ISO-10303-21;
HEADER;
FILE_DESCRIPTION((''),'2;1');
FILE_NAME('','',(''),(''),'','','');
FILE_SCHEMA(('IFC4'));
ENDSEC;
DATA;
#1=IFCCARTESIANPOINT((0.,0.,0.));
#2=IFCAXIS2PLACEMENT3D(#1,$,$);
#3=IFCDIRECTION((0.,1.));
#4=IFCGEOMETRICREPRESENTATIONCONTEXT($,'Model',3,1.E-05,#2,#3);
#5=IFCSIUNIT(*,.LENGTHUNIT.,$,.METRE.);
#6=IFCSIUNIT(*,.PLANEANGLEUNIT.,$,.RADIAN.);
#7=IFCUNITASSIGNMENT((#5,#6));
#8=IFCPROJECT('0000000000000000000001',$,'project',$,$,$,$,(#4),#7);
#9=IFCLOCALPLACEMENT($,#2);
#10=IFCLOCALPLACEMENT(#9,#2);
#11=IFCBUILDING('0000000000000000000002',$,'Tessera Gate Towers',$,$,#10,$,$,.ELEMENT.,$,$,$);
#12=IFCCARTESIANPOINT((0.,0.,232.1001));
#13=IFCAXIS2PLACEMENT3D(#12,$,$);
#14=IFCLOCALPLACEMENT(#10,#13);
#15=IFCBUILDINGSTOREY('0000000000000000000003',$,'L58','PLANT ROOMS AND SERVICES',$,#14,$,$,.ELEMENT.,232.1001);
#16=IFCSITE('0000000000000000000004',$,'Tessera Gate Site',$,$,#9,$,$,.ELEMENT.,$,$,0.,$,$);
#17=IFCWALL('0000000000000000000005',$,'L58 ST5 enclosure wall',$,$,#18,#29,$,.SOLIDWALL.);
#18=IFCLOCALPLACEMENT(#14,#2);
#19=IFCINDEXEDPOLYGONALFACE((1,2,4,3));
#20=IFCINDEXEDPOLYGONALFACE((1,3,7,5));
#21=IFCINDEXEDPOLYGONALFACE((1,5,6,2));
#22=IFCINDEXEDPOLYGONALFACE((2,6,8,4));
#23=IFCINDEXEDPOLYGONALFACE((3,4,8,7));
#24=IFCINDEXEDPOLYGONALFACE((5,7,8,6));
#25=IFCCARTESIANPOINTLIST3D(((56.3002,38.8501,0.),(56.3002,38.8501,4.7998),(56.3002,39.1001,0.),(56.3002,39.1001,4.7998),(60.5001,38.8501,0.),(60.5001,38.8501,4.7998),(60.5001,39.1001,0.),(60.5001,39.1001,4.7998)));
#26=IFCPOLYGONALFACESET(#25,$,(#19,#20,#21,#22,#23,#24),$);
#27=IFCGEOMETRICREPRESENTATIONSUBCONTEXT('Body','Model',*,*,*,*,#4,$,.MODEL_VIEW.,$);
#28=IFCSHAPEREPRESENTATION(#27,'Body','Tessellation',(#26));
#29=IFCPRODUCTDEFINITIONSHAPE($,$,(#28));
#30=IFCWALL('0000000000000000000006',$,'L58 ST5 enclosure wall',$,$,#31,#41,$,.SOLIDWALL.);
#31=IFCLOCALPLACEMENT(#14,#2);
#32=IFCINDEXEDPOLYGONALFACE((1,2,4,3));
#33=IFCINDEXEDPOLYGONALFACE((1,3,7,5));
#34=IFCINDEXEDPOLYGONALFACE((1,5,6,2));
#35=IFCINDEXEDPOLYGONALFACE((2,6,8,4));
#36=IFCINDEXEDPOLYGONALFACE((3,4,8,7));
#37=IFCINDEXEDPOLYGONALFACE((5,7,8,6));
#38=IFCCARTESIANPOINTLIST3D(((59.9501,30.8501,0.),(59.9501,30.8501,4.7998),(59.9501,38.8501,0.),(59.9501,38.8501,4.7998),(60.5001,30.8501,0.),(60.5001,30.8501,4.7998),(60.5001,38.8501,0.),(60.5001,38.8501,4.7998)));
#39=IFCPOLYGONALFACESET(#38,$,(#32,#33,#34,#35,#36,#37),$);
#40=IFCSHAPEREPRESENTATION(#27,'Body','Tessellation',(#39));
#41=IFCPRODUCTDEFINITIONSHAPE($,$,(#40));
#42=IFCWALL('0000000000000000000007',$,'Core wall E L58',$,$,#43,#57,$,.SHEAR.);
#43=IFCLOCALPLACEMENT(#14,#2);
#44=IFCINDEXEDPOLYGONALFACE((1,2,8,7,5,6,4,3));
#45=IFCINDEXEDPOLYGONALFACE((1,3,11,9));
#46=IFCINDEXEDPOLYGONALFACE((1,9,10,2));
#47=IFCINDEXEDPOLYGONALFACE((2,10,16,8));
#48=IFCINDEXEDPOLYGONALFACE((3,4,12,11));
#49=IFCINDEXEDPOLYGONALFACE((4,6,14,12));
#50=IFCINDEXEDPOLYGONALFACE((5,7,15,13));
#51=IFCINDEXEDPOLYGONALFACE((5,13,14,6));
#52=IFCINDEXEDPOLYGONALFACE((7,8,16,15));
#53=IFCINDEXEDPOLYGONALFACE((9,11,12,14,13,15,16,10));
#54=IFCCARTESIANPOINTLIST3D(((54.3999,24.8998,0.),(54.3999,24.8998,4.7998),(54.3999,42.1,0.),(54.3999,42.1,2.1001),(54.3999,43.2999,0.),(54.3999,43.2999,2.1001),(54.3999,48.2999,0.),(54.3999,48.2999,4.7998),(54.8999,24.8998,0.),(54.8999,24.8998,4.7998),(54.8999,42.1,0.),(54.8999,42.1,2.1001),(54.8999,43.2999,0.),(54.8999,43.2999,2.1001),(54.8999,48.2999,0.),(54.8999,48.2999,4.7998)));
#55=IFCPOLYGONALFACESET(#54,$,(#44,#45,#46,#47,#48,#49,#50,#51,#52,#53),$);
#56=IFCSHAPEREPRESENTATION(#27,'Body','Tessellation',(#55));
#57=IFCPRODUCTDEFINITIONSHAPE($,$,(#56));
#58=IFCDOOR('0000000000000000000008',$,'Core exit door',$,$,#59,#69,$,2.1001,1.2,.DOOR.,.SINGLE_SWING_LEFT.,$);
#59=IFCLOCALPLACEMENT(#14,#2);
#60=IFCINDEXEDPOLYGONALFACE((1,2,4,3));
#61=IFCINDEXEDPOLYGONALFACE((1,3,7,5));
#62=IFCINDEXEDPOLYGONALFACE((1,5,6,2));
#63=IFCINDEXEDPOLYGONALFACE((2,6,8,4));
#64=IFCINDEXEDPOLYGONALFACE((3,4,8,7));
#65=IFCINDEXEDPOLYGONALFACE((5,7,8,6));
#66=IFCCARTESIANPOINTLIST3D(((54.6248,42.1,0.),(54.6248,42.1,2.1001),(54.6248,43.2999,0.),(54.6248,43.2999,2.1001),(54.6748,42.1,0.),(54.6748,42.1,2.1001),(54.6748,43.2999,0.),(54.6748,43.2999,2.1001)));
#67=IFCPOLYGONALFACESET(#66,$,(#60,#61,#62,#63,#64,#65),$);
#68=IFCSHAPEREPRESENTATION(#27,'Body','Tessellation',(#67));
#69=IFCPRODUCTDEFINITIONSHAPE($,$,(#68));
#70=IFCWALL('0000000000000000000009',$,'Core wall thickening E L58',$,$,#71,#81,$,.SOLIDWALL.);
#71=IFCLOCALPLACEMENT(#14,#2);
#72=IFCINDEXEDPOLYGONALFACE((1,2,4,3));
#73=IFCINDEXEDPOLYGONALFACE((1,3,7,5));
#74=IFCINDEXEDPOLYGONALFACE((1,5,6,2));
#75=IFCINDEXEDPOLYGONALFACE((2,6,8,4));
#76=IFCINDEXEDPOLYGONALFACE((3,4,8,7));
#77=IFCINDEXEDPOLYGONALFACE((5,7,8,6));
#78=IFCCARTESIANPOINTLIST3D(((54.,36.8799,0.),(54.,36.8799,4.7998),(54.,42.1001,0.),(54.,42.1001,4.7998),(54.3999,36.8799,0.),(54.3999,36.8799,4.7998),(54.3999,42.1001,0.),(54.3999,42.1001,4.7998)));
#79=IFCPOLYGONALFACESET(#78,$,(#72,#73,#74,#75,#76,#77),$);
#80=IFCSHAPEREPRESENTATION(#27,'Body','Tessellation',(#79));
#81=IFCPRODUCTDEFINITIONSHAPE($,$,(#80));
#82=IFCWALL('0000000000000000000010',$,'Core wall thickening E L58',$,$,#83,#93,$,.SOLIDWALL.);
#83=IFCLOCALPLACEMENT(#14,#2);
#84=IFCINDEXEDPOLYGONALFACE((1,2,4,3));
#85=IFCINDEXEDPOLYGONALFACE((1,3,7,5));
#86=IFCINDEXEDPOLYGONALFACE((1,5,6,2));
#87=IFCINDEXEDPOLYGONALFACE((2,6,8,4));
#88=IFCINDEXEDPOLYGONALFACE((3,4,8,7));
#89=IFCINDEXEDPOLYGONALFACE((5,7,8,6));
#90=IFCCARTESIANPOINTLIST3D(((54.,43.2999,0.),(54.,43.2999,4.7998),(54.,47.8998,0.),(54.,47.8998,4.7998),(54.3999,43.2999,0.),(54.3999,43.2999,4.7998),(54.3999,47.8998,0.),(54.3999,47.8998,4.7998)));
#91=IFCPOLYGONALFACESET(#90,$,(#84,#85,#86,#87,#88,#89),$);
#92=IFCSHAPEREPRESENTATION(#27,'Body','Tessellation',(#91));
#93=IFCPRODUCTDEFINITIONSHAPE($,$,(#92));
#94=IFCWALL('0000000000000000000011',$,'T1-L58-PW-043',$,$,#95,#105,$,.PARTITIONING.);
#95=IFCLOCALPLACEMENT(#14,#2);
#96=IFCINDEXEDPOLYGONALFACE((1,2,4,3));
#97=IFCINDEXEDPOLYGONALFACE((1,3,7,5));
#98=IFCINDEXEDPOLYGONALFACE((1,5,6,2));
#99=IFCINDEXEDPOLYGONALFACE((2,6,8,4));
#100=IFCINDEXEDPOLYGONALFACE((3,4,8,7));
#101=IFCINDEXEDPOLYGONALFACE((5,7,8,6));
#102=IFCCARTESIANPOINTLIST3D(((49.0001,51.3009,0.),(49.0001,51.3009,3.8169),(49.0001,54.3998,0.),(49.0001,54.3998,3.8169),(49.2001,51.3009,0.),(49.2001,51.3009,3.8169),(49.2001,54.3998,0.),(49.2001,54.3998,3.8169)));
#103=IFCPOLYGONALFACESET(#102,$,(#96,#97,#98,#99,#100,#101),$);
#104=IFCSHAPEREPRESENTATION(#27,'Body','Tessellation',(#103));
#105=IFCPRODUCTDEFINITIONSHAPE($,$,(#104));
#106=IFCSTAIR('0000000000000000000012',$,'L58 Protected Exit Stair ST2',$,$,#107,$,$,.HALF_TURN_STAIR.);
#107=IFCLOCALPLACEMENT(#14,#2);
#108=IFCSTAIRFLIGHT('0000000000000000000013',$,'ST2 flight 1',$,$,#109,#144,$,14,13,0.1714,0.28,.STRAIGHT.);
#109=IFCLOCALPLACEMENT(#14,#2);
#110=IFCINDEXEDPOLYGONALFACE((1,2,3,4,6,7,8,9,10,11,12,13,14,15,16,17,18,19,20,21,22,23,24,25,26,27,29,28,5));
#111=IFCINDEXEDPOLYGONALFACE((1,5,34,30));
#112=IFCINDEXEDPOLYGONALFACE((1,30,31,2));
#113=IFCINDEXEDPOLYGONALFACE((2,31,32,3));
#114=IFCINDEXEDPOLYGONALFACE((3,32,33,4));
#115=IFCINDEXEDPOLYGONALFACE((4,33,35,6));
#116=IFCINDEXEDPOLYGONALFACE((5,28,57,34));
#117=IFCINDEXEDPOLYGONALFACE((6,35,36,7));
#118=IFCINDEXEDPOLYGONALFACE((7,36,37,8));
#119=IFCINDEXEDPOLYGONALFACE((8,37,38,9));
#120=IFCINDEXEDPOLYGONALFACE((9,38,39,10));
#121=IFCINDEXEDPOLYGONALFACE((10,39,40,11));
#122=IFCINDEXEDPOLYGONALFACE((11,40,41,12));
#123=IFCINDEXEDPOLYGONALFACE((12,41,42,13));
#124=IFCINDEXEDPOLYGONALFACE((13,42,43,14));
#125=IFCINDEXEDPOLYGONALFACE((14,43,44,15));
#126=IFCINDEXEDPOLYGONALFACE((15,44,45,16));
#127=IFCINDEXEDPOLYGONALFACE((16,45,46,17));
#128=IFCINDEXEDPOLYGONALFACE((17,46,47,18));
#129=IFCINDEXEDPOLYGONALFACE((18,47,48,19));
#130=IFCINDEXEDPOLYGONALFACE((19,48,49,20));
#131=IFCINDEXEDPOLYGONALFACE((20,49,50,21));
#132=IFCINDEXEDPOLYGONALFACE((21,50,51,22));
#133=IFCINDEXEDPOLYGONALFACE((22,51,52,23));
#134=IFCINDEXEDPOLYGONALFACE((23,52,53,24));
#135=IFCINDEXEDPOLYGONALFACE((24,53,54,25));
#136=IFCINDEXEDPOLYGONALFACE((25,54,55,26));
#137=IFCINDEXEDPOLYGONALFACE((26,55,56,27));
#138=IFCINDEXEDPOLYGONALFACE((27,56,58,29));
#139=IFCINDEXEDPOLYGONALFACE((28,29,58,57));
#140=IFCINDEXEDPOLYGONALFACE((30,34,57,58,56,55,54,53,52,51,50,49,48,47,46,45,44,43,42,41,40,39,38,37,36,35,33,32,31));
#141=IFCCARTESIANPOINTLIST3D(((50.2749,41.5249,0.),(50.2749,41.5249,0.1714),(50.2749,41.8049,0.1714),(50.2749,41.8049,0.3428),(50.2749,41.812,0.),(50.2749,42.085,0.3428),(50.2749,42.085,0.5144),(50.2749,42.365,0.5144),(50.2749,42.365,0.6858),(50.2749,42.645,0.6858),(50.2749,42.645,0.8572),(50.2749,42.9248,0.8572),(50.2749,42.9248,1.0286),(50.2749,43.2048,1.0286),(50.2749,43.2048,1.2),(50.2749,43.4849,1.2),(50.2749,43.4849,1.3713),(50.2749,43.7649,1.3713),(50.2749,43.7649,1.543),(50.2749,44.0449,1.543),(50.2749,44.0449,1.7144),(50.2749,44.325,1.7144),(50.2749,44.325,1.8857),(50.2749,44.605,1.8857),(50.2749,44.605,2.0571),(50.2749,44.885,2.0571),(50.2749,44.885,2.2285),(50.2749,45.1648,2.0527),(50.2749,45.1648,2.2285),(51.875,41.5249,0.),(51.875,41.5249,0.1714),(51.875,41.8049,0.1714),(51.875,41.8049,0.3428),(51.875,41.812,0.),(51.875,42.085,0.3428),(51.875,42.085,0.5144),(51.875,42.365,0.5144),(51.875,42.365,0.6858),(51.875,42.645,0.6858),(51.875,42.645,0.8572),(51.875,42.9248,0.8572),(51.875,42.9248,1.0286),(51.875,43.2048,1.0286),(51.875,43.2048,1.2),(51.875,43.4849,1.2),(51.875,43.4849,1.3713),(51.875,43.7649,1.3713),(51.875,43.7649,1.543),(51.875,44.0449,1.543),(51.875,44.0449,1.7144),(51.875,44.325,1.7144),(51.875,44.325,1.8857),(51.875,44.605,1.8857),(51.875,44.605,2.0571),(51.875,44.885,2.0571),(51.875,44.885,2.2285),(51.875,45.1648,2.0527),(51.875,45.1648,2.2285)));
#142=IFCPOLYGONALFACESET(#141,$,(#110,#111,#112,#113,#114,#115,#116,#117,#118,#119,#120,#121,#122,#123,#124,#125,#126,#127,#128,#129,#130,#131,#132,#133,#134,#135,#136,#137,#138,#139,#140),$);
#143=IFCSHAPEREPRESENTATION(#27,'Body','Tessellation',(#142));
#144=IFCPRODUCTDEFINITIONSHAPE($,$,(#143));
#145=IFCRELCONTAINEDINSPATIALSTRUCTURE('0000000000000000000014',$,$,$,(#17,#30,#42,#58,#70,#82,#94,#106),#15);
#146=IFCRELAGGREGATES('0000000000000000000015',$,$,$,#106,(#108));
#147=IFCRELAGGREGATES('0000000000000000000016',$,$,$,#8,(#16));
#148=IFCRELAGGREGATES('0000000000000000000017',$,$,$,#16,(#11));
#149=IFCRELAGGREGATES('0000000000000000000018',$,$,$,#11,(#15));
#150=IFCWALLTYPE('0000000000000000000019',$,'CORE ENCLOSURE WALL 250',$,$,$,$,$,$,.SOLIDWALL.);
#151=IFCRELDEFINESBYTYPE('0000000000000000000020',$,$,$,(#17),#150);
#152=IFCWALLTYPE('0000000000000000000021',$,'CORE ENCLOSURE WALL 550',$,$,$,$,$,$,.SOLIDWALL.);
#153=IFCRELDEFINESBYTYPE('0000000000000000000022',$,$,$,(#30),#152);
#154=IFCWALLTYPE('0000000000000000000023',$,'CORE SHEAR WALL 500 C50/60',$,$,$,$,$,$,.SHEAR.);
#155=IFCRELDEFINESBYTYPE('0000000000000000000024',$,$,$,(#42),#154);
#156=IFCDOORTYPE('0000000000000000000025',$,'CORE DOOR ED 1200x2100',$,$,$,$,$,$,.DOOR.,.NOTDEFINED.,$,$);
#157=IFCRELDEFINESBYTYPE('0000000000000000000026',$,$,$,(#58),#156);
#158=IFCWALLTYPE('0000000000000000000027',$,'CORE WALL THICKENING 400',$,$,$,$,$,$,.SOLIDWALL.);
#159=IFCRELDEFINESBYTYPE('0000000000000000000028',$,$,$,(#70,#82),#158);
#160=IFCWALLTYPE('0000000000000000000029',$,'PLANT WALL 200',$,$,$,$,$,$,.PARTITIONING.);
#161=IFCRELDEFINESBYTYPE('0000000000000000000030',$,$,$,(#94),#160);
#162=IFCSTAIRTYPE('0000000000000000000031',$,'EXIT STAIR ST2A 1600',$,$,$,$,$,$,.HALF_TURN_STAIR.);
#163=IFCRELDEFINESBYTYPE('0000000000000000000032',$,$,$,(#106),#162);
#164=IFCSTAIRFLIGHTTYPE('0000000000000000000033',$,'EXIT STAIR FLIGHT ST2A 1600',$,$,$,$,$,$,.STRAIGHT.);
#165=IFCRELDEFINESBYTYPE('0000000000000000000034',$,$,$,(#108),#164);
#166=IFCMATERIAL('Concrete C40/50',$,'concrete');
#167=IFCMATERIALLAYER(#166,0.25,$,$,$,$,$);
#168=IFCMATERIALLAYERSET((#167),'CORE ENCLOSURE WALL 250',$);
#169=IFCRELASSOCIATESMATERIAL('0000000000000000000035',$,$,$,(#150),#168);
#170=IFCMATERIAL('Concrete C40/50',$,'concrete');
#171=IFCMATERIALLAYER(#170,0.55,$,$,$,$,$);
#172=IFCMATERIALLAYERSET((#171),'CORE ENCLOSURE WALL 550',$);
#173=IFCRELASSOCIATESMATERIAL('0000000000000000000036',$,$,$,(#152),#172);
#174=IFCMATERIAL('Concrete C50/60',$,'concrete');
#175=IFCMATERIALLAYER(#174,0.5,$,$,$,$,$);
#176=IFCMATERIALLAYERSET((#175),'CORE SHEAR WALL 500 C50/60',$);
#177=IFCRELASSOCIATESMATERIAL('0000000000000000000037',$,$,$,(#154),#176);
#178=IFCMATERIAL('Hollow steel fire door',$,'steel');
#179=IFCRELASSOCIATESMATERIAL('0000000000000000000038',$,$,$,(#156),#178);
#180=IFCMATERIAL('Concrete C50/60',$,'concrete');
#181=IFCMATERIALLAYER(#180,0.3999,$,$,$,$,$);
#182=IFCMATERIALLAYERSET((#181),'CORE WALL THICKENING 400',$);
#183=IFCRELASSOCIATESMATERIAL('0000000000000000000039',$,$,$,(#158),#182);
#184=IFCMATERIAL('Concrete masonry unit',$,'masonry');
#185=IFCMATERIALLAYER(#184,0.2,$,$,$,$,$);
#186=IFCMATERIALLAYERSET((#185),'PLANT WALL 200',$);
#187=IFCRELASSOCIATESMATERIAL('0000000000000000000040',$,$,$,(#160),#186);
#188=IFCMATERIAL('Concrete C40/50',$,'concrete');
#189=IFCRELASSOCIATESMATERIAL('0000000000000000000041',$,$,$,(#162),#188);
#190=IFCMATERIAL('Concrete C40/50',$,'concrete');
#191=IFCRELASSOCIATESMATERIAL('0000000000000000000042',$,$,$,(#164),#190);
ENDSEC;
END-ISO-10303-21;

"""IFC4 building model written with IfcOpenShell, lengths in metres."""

from ifc_helpers import new_model, si_unit, direction, frame, frame_2d, origin, place, context, subcontext, project, spatial, polyline, rectangle, outline, extrude, source, transform, mapped, material, layer, layer_set, type_object, element, fill, aggregate, save


model = new_model("IFC4")

# Units and contexts
model_context = context("Model", 3, precision=1e-05, world=origin(), true_north=direction((0.0, 1.0)))
body_context = subcontext(model_context, "Body", "Model", "MODEL_VIEW")
ifc_project = project(units=[si_unit("LENGTHUNIT", "METRE"), si_unit("PLANEANGLEUNIT", "RADIAN")], contexts=[model_context])

# Site, building, storey
site_placement = place(None, origin())
site = spatial("IfcSite", under=ifc_project, at=site_placement, Name="Tessera Gate Site", CompositionType="ELEMENT", RefElevation=0.0)
building_placement = place(site_placement, origin())
building = spatial("IfcBuilding", under=site, at=building_placement, Name="Tessera Gate Towers", CompositionType="ELEMENT")
storey_placement = place(building_placement, frame((0.0, 0.0, 232.1001)))
storey = spatial("IfcBuildingStorey", under=building, at=storey_placement, Name="L58", Description="PLANT ROOMS AND SERVICES", CompositionType="ELEMENT", Elevation=232.1001)

# Shared definitions
ifc_material_1 = material(Name="Concrete C40/50", Category="concrete")
ifc_layer_1 = layer(ifc_material_1, 0.25)
ifc_layer_set_1 = layer_set([ifc_layer_1], Name="CORE ENCLOSURE WALL 250")
wall_type_1 = type_object("IfcWallType", Name="CORE ENCLOSURE WALL 250", PredefinedType="SOLIDWALL", material=ifc_layer_set_1)
shared_shape_1 = source(origin(), body_context, "Body", "SweptSolid", [
    extrude(rectangle(XDim=1.2, YDim=2.1001, at=frame_2d((0.6001, 1.05))), frame((0.0, 0.0249, 0.0), z_axis=(0.0, -1.0, 0.0), x_axis=(1.0, 0.0, 0.0)), (0.0, 0.0, 1.0), 0.05),
])

# Walls
wall_1_placement = place(storey_placement, frame((56.3, 38.9751, 0.0), z_axis=(0.0, 0.0, 1.0), x_axis=(1.0, 0.0, 0.0)))
element("IfcWall", 1, at=wall_1_placement, inside=storey, type_object=wall_type_1, Name="L58 ST5 enclosure wall", PredefinedType="SOLIDWALL", context=body_context, shape_type="SweptSolid", body=[
    extrude(rectangle(XDim=4.2, YDim=0.25, at=frame_2d((2.1001, 0.0))), origin(), (0.0, 0.0, 1.0), 4.7998),
])
ifc_material_2 = material(Name="Concrete C40/50", Category="concrete")
ifc_layer_2 = layer(ifc_material_2, 0.55)
ifc_layer_set_2 = layer_set([ifc_layer_2], Name="CORE ENCLOSURE WALL 550")
wall_type_2 = type_object("IfcWallType", Name="CORE ENCLOSURE WALL 550", PredefinedType="SOLIDWALL", material=ifc_layer_set_2)
wall_2_placement = place(storey_placement, frame((60.2251, 38.8501, 0.0), z_axis=(0.0, 0.0, 1.0), x_axis=(0.0, -1.0, 0.0)))
element("IfcWall", 2, at=wall_2_placement, inside=storey, type_object=wall_type_2, Name="L58 ST5 enclosure wall", PredefinedType="SOLIDWALL", context=body_context, shape_type="SweptSolid", body=[
    extrude(rectangle(XDim=8.0, YDim=0.55, at=frame_2d((4.0, 0.0))), origin(), (0.0, 0.0, 1.0), 4.7998),
])

# Wall, opening, door
ifc_material_3 = material(Name="Concrete C50/60", Category="concrete")
ifc_layer_3 = layer(ifc_material_3, 0.5)
ifc_layer_set_3 = layer_set([ifc_layer_3], Name="CORE SHEAR WALL 500 C50/60")
wall_type_3 = type_object("IfcWallType", Name="CORE SHEAR WALL 500 C50/60", PredefinedType="SHEAR", material=ifc_layer_set_3)
wall_3_placement = place(storey_placement, frame((54.6499, 48.3, 0.0), z_axis=(0.0, 0.0, 1.0), x_axis=(0.0, -1.0, 0.0)))
wall_3 = element("IfcWall", 3, at=wall_3_placement, inside=storey, type_object=wall_type_3, Name="Core wall E L58", PredefinedType="SHEAR", context=body_context, shape_type="SweptSolid", body=[
    extrude(rectangle(XDim=23.4001, YDim=0.5, at=frame_2d((11.7002, 0.0))), origin(), (0.0, 0.0, 1.0), 4.7998),
])
shared_shape_2 = source(origin(), body_context, "Body", "SweptSolid", [
    extrude(rectangle(XDim=1.2, YDim=2.1001, at=frame_2d((0.6001, 1.05))), frame((0.0, 0.26, 0.0), z_axis=(0.0, -1.0, 0.0), x_axis=(1.0, 0.0, 0.0)), (0.0, 0.0, 1.0), 0.52),
])
opening_1_placement = place(wall_3_placement, frame((5.0, 0.0, 0.0)))
opening_1 = element("IfcOpeningElement", 4, at=opening_1_placement, cuts=wall_3, PredefinedType="OPENING", context=body_context, shape_type="MappedRepresentation", body=[
    mapped(shared_shape_2, transform((0.0, 0.0, 0.0), scale=1.0)),
])
ifc_material_4 = material(Name="Hollow steel fire door", Category="steel")
door_type_1 = type_object("IfcDoorType", Name="CORE DOOR ED 1200x2100", OperationType="NOTDEFINED", PredefinedType="DOOR", material=ifc_material_4)
door_1_placement = place(opening_1_placement, origin())
door_1 = element("IfcDoor", 5, at=door_1_placement, inside=storey, type_object=door_type_1, Name="Core exit door", OperationType="SINGLE_SWING_LEFT", OverallHeight=2.1001, OverallWidth=1.2, PredefinedType="DOOR", context=body_context, shape_type="MappedRepresentation", body=[
    mapped(shared_shape_1, transform((0.0, 0.0, 0.0), scale=1.0)),
])
fill(opening_1, door_1)

# Walls
ifc_material_5 = material(Name="Concrete C50/60", Category="concrete")
ifc_layer_4 = layer(ifc_material_5, 0.3999)
ifc_layer_set_4 = layer_set([ifc_layer_4], Name="CORE WALL THICKENING 400")
wall_type_4 = type_object("IfcWallType", Name="CORE WALL THICKENING 400", PredefinedType="SOLIDWALL", material=ifc_layer_set_4)
wall_4_placement = place(storey_placement, frame((54.2, 36.8799, 0.0), z_axis=(0.0, 0.0, 1.0), x_axis=(0.0, 1.0, 0.0)))
element("IfcWall", 6, at=wall_4_placement, inside=storey, type_object=wall_type_4, Name="Core wall thickening E L58", PredefinedType="SOLIDWALL", context=body_context, shape_type="SweptSolid", body=[
    extrude(rectangle(XDim=5.2202, YDim=0.3999, at=frame_2d((2.6101, 0.0))), origin(), (0.0, 0.0, 1.0), 4.7998),
])
wall_5_placement = place(storey_placement, frame((54.2, 43.3, 0.0), z_axis=(0.0, 0.0, 1.0), x_axis=(0.0, 1.0, 0.0)))
element("IfcWall", 7, at=wall_5_placement, inside=storey, type_object=wall_type_4, Name="Core wall thickening E L58", PredefinedType="SOLIDWALL", context=body_context, shape_type="SweptSolid", body=[
    extrude(rectangle(XDim=4.5999, YDim=0.3999, at=frame_2d((2.2998, 0.0))), origin(), (0.0, 0.0, 1.0), 4.7998),
])
ifc_material_6 = material(Name="Concrete masonry unit", Category="masonry")
ifc_layer_5 = layer(ifc_material_6, 0.2)
ifc_layer_set_5 = layer_set([ifc_layer_5], Name="PLANT WALL 200")
wall_type_5 = type_object("IfcWallType", Name="PLANT WALL 200", PredefinedType="PARTITIONING", material=ifc_layer_set_5)
wall_6_placement = place(storey_placement, frame((49.1001, 51.301, 0.0), z_axis=(0.0, 0.0, 1.0), x_axis=(0.0, 1.0, 0.0)))
element("IfcWall", 8, at=wall_6_placement, inside=storey, type_object=wall_type_5, Name="T1-L58-PW-043", PredefinedType="PARTITIONING", context=body_context, shape_type="SweptSolid", body=[
    extrude(rectangle(XDim=3.0989, YDim=0.2, at=frame_2d((1.5493, 0.0))), origin(), (0.0, 0.0, 1.0), 3.8169),
])

# Stair, stair flight
ifc_material_7 = material(Name="Concrete C40/50", Category="concrete")
stair_type = type_object("IfcStairType", Name="EXIT STAIR ST2A 1600", PredefinedType="HALF_TURN_STAIR", material=ifc_material_7)
stair_placement = place(storey_placement, origin())
stair = element("IfcStair", 9, at=stair_placement, inside=storey, type_object=stair_type, Name="L58 Protected Exit Stair ST2", PredefinedType="HALF_TURN_STAIR")
ifc_material_8 = material(Name="Concrete C40/50", Category="concrete")
stair_flight_type = type_object("IfcStairFlightType", Name="EXIT STAIR FLIGHT ST2A 1600", PredefinedType="STRAIGHT", material=ifc_material_8)
stair_flight_1_placement = place(storey_placement, frame((51.075, 41.5249, 0.0), z_axis=(0.0, 0.0, 1.0), x_axis=(0.0, 1.0, 0.0)))
stair_flight_1 = element("IfcStairFlight", 10, at=stair_flight_1_placement, type_object=stair_flight_type, Name="ST2 flight 1", NumberOfRisers=14, NumberOfTreads=13, PredefinedType="STRAIGHT", RiserHeight=0.1714, TreadLength=0.28, context=body_context, shape_type="SweptSolid", body=[
    extrude(outline(polyline([(0.0, 0.0), (0.0, 0.1714), (0.28, 0.1714), (0.28, 0.3428), (0.5601, 0.3428), (0.5601, 0.5144), (0.8401, 0.5144), (0.8401, 0.6858), (1.1201, 0.6858), (1.1201, 0.8572), (1.3999, 0.8572), (1.3999, 1.0286), (1.6799, 1.0286), (1.6799, 1.2), (1.96, 1.2), (1.96, 1.3713), (2.24, 1.3713), (2.24, 1.543), (2.52, 1.543), (2.52, 1.7144), (2.8, 1.7144), (2.8, 1.8857), (3.0801, 1.8857), (3.0801, 2.0571), (3.3601, 2.0571), (3.3601, 2.2285), (3.6399, 2.2285), (3.6399, 2.3999), (3.6399, 2.0527), (0.2871, 0.0), (0.0, 0.0)])), frame((0.0, 0.8, 0.0), z_axis=(0.0, -1.0, 0.0), x_axis=(1.0, 0.0, 0.0)), (0.0, 0.0, 1.0), 1.6001),
])
aggregate(stair, [stair_flight_1])

save(model, "model.ifc")
